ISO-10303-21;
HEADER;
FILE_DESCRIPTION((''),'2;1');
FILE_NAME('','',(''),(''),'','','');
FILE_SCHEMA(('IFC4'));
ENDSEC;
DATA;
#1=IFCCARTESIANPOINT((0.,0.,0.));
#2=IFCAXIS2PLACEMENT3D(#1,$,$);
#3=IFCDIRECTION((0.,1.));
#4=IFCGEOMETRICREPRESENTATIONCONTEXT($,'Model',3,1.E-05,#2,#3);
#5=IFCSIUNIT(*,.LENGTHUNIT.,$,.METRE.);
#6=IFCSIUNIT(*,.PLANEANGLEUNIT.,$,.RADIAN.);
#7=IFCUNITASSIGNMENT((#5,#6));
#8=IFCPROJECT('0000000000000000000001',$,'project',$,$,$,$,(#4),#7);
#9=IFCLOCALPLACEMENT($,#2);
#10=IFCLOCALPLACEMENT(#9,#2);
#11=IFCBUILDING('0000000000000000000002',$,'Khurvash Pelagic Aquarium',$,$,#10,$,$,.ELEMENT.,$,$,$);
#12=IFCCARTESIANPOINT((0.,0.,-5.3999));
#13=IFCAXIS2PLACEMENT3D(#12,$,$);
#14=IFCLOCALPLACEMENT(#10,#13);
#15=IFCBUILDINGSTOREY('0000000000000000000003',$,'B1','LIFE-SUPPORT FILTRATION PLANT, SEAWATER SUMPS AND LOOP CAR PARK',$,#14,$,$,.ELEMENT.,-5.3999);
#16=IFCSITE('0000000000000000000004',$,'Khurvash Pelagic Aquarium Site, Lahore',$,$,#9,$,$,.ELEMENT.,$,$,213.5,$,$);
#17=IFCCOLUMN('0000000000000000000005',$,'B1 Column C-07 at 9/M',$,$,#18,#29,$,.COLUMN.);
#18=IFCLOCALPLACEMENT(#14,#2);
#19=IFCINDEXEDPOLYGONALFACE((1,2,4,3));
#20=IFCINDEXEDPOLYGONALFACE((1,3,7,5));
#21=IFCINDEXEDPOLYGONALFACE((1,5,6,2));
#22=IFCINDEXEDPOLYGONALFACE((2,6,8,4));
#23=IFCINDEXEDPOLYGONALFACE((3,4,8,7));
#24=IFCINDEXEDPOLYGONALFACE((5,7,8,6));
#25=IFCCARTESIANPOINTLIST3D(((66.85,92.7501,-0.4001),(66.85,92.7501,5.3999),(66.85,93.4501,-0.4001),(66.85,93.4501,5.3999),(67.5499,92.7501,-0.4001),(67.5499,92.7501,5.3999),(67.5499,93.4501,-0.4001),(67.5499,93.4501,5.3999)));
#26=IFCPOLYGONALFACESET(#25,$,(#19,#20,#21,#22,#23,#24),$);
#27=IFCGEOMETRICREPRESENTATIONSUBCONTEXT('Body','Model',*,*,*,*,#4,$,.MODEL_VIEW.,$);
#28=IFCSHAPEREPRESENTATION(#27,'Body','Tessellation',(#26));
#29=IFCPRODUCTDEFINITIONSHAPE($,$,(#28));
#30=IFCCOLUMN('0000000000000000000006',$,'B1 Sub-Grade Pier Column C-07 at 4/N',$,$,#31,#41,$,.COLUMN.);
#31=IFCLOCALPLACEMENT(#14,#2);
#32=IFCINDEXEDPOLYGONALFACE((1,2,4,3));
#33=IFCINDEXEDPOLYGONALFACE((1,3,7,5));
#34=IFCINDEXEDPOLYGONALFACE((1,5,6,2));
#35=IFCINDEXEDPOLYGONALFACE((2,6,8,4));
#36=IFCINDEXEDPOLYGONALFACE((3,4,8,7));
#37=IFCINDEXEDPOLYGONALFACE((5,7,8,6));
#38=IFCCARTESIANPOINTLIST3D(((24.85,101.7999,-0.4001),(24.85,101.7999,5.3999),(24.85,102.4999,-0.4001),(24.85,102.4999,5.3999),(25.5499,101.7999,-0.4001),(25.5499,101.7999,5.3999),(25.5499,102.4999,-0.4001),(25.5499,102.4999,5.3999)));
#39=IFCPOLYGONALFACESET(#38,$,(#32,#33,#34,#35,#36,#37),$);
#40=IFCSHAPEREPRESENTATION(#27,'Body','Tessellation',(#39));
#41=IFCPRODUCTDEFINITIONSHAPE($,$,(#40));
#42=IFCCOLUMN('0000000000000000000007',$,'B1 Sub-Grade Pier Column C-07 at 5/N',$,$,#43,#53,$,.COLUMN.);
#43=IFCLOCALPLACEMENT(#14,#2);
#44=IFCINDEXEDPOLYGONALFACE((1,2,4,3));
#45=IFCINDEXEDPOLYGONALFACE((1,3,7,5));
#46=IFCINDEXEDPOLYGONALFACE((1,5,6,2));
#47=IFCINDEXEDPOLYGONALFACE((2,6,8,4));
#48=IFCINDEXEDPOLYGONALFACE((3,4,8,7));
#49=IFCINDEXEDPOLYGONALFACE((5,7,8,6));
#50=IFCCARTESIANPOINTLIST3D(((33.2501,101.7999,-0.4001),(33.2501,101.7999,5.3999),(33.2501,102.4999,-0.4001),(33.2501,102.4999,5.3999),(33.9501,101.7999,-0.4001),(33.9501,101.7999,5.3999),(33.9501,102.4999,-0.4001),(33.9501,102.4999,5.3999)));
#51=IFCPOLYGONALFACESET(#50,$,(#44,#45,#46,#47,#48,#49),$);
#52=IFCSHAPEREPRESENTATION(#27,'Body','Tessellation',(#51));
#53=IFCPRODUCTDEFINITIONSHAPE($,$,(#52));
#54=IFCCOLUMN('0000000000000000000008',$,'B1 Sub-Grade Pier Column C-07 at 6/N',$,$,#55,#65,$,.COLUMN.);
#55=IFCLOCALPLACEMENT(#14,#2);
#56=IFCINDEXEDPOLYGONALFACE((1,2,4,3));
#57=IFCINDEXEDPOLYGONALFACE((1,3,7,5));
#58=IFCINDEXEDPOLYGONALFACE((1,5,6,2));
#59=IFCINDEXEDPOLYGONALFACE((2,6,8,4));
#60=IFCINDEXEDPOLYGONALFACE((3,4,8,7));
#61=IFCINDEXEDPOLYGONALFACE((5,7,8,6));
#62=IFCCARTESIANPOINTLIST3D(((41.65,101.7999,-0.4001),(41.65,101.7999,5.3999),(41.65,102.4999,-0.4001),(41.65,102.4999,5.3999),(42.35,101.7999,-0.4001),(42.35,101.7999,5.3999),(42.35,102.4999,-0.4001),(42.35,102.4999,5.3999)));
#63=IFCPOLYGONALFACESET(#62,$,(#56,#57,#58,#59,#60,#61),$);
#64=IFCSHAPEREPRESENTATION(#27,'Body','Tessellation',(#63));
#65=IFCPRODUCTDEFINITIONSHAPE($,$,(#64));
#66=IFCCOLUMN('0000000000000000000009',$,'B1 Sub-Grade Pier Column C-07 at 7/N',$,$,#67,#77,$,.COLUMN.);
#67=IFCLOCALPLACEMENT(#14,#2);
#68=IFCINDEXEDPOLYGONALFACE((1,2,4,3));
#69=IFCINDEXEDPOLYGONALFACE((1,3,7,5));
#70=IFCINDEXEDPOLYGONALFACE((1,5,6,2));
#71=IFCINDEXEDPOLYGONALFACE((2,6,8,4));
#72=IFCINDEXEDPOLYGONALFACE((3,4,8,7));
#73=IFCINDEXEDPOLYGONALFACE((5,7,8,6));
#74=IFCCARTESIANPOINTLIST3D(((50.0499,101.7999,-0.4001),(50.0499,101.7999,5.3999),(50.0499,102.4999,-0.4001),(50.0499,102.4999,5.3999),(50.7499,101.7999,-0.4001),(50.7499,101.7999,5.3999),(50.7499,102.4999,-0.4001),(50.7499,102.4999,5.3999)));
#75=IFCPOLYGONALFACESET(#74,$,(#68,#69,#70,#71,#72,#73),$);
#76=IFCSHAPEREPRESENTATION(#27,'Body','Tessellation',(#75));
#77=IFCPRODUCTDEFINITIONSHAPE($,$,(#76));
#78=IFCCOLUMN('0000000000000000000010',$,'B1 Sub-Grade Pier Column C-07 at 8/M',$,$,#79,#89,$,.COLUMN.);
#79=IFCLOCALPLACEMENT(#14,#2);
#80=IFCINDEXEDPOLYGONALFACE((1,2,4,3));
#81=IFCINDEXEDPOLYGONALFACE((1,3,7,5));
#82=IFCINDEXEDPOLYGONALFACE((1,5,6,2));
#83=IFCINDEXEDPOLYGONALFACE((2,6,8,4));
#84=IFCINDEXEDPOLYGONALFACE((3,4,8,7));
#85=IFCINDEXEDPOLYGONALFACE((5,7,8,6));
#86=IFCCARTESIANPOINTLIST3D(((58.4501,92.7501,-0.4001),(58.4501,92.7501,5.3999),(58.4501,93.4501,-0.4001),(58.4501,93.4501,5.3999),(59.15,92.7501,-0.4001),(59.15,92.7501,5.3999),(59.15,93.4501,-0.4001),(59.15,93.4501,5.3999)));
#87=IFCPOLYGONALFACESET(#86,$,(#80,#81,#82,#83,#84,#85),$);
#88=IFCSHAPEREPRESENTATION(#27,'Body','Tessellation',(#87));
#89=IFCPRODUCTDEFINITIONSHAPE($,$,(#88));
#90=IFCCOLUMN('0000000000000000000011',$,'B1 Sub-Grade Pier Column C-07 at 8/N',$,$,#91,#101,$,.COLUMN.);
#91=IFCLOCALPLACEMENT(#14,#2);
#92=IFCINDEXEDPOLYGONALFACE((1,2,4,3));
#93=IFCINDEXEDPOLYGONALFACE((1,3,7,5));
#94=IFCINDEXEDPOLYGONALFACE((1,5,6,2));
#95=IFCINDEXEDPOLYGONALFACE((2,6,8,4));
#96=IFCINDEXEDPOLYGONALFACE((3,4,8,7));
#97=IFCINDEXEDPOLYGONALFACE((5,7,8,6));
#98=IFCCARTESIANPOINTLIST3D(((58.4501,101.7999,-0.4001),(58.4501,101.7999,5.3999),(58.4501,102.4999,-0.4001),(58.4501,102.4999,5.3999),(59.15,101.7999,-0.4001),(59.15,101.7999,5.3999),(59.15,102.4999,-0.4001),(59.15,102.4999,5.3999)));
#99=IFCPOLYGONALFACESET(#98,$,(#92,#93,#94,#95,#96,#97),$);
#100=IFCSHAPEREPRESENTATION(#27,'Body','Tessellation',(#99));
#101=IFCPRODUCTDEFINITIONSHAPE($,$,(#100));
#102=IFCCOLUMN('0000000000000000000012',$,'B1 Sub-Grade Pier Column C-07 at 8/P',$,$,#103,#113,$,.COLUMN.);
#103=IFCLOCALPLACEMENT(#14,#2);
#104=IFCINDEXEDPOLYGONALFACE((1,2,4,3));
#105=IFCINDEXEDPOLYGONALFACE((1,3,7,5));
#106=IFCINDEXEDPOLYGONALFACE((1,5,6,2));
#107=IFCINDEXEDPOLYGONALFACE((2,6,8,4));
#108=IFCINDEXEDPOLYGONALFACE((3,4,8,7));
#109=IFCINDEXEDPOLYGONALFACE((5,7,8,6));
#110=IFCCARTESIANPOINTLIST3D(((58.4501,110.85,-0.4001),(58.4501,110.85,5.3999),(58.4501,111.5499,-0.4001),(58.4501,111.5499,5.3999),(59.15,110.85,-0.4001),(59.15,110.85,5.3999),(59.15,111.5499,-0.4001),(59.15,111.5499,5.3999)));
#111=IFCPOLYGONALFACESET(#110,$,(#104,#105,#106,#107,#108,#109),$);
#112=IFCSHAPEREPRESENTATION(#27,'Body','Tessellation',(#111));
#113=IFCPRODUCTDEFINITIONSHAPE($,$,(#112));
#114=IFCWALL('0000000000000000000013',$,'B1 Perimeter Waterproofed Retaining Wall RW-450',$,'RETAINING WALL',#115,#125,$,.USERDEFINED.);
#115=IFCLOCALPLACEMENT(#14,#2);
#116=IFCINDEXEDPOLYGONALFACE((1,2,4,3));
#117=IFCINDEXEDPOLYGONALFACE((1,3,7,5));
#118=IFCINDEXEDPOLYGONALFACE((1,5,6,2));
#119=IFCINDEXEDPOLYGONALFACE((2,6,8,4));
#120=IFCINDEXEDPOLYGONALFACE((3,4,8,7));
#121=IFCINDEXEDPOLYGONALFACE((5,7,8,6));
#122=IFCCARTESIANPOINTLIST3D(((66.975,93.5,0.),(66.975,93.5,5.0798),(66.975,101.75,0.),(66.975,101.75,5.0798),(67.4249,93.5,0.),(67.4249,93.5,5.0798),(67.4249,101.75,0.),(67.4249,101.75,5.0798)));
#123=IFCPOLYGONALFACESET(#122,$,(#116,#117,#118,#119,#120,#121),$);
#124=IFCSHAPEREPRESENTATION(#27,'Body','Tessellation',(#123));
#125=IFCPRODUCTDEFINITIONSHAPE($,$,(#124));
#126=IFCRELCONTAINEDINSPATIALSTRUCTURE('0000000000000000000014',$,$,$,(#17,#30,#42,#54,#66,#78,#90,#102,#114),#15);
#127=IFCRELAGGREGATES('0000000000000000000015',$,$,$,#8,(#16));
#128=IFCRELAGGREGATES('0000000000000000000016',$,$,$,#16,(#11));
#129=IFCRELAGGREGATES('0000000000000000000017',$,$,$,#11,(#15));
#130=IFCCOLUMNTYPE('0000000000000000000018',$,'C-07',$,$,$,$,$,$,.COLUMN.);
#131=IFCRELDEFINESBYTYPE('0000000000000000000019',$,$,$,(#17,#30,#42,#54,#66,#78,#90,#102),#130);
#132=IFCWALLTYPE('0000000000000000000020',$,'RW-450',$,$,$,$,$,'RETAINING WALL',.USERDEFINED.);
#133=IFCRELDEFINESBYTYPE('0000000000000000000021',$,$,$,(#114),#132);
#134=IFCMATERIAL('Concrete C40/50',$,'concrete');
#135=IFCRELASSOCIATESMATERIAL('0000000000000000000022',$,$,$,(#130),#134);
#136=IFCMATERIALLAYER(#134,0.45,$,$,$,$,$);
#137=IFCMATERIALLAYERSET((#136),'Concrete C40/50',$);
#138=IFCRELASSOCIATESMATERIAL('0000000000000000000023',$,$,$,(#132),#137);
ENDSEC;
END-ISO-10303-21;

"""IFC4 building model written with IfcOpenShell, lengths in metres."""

from ifc_helpers import new_model, si_unit, direction, frame, frame_2d, origin, origin_2d, place, context, subcontext, project, spatial, rectangle, extrude, material, layer, layer_set, material_profile, profile_set, type_object, element, save


model = new_model("IFC4")

# Units and contexts
model_context = context("Model", 3, precision=1e-05, world=origin(), true_north=direction((0.0, 1.0)))
body_context = subcontext(model_context, "Body", "Model", "MODEL_VIEW")
ifc_project = project(units=[si_unit("LENGTHUNIT", "METRE"), si_unit("PLANEANGLEUNIT", "RADIAN")], contexts=[model_context])

# Site, building, storey
site_placement = place(None, origin())
site = spatial("IfcSite", under=ifc_project, at=site_placement, Name="Khurvash Pelagic Aquarium Site, Lahore", CompositionType="ELEMENT", RefElevation=213.5)
building_placement = place(site_placement, origin())
building = spatial("IfcBuilding", under=site, at=building_placement, Name="Khurvash Pelagic Aquarium", CompositionType="ELEMENT")
storey_placement = place(building_placement, frame((0.0, 0.0, -5.3999)))
storey = spatial("IfcBuildingStorey", under=building, at=storey_placement, Name="B1", Description="LIFE-SUPPORT FILTRATION PLANT, SEAWATER SUMPS AND LOOP CAR PARK", CompositionType="ELEMENT", Elevation=-5.3999)

# Columns
ifc_material_1 = material(Name="Concrete C40/50", Category="concrete")
ifc_material_profile_1 = material_profile(ifc_material_1, rectangle(XDim=0.7, YDim=0.7, at=origin_2d()), Name="RC700X700")
ifc_profile_set_1 = profile_set([ifc_material_profile_1], Name="Concrete C40/50")
column_type = type_object("IfcColumnType", Name="C-07", PredefinedType="COLUMN", material=ifc_profile_set_1)
for number, where, z_axis, x_axis, name in (
    (1, (67.2, 93.1001, -0.4001), (0.0, 0.0, 1.0), (1.0, 0.0, 0.0), "B1 Column C-07 at 9/M"),
    (2, (25.2, 102.1499, -0.4001), (0.0, 0.0, 1.0), (1.0, 0.0, 0.0), "B1 Sub-Grade Pier Column C-07 at 4/N"),
    (3, (33.6001, 102.1499, -0.4001), (0.0, 0.0, 1.0), (1.0, 0.0, 0.0), "B1 Sub-Grade Pier Column C-07 at 5/N"),
    (4, (42.0, 102.1499, -0.4001), (0.0, 0.0, 1.0), (1.0, 0.0, 0.0), "B1 Sub-Grade Pier Column C-07 at 6/N"),
    (5, (50.3999, 102.1499, -0.4001), (0.0, 0.0, 1.0), (1.0, 0.0, 0.0), "B1 Sub-Grade Pier Column C-07 at 7/N"),
    (6, (58.8, 93.1001, -0.4001), (0.0, 0.0, 1.0), (1.0, 0.0, 0.0), "B1 Sub-Grade Pier Column C-07 at 8/M"),
    (7, (58.8, 102.1499, -0.4001), (0.0, 0.0, 1.0), (1.0, 0.0, 0.0), "B1 Sub-Grade Pier Column C-07 at 8/N"),
    (8, (58.8, 111.2, -0.4001), (0.0, 0.0, 1.0), (1.0, 0.0, 0.0), "B1 Sub-Grade Pier Column C-07 at 8/P"),
):
    element("IfcColumn", number, at=place(storey_placement, frame(where, z_axis=z_axis, x_axis=x_axis)), inside=storey, type_object=column_type, Name=name, PredefinedType="COLUMN", context=body_context, shape_type="SweptSolid", body=[
        extrude(rectangle(XDim=0.7, YDim=0.7, at=origin_2d()), origin(), (0.0, 0.0, 1.0), 5.8),
    ])

# Wall
ifc_layer_1 = layer(ifc_material_1, 0.45)
ifc_layer_set_1 = layer_set([ifc_layer_1], Name="Concrete C40/50")
wall_type = type_object("IfcWallType", Name="RW-450", ElementType="RETAINING WALL", PredefinedType="USERDEFINED", material=ifc_layer_set_1)
wall_placement = place(storey_placement, frame((67.2, 93.5, 0.0), z_axis=(0.0, 0.0, 1.0), x_axis=(0.0, 1.0, 0.0)))
element("IfcWall", 9, at=wall_placement, inside=storey, type_object=wall_type, Name="B1 Perimeter Waterproofed Retaining Wall RW-450", ObjectType="RETAINING WALL", PredefinedType="USERDEFINED", context=body_context, shape_type="SweptSolid", body=[
    extrude(rectangle(XDim=8.25, YDim=0.45, at=frame_2d((4.125, 0.0))), origin(), (0.0, 0.0, 1.0), 5.0798),
])

save(model, "model.ifc")
